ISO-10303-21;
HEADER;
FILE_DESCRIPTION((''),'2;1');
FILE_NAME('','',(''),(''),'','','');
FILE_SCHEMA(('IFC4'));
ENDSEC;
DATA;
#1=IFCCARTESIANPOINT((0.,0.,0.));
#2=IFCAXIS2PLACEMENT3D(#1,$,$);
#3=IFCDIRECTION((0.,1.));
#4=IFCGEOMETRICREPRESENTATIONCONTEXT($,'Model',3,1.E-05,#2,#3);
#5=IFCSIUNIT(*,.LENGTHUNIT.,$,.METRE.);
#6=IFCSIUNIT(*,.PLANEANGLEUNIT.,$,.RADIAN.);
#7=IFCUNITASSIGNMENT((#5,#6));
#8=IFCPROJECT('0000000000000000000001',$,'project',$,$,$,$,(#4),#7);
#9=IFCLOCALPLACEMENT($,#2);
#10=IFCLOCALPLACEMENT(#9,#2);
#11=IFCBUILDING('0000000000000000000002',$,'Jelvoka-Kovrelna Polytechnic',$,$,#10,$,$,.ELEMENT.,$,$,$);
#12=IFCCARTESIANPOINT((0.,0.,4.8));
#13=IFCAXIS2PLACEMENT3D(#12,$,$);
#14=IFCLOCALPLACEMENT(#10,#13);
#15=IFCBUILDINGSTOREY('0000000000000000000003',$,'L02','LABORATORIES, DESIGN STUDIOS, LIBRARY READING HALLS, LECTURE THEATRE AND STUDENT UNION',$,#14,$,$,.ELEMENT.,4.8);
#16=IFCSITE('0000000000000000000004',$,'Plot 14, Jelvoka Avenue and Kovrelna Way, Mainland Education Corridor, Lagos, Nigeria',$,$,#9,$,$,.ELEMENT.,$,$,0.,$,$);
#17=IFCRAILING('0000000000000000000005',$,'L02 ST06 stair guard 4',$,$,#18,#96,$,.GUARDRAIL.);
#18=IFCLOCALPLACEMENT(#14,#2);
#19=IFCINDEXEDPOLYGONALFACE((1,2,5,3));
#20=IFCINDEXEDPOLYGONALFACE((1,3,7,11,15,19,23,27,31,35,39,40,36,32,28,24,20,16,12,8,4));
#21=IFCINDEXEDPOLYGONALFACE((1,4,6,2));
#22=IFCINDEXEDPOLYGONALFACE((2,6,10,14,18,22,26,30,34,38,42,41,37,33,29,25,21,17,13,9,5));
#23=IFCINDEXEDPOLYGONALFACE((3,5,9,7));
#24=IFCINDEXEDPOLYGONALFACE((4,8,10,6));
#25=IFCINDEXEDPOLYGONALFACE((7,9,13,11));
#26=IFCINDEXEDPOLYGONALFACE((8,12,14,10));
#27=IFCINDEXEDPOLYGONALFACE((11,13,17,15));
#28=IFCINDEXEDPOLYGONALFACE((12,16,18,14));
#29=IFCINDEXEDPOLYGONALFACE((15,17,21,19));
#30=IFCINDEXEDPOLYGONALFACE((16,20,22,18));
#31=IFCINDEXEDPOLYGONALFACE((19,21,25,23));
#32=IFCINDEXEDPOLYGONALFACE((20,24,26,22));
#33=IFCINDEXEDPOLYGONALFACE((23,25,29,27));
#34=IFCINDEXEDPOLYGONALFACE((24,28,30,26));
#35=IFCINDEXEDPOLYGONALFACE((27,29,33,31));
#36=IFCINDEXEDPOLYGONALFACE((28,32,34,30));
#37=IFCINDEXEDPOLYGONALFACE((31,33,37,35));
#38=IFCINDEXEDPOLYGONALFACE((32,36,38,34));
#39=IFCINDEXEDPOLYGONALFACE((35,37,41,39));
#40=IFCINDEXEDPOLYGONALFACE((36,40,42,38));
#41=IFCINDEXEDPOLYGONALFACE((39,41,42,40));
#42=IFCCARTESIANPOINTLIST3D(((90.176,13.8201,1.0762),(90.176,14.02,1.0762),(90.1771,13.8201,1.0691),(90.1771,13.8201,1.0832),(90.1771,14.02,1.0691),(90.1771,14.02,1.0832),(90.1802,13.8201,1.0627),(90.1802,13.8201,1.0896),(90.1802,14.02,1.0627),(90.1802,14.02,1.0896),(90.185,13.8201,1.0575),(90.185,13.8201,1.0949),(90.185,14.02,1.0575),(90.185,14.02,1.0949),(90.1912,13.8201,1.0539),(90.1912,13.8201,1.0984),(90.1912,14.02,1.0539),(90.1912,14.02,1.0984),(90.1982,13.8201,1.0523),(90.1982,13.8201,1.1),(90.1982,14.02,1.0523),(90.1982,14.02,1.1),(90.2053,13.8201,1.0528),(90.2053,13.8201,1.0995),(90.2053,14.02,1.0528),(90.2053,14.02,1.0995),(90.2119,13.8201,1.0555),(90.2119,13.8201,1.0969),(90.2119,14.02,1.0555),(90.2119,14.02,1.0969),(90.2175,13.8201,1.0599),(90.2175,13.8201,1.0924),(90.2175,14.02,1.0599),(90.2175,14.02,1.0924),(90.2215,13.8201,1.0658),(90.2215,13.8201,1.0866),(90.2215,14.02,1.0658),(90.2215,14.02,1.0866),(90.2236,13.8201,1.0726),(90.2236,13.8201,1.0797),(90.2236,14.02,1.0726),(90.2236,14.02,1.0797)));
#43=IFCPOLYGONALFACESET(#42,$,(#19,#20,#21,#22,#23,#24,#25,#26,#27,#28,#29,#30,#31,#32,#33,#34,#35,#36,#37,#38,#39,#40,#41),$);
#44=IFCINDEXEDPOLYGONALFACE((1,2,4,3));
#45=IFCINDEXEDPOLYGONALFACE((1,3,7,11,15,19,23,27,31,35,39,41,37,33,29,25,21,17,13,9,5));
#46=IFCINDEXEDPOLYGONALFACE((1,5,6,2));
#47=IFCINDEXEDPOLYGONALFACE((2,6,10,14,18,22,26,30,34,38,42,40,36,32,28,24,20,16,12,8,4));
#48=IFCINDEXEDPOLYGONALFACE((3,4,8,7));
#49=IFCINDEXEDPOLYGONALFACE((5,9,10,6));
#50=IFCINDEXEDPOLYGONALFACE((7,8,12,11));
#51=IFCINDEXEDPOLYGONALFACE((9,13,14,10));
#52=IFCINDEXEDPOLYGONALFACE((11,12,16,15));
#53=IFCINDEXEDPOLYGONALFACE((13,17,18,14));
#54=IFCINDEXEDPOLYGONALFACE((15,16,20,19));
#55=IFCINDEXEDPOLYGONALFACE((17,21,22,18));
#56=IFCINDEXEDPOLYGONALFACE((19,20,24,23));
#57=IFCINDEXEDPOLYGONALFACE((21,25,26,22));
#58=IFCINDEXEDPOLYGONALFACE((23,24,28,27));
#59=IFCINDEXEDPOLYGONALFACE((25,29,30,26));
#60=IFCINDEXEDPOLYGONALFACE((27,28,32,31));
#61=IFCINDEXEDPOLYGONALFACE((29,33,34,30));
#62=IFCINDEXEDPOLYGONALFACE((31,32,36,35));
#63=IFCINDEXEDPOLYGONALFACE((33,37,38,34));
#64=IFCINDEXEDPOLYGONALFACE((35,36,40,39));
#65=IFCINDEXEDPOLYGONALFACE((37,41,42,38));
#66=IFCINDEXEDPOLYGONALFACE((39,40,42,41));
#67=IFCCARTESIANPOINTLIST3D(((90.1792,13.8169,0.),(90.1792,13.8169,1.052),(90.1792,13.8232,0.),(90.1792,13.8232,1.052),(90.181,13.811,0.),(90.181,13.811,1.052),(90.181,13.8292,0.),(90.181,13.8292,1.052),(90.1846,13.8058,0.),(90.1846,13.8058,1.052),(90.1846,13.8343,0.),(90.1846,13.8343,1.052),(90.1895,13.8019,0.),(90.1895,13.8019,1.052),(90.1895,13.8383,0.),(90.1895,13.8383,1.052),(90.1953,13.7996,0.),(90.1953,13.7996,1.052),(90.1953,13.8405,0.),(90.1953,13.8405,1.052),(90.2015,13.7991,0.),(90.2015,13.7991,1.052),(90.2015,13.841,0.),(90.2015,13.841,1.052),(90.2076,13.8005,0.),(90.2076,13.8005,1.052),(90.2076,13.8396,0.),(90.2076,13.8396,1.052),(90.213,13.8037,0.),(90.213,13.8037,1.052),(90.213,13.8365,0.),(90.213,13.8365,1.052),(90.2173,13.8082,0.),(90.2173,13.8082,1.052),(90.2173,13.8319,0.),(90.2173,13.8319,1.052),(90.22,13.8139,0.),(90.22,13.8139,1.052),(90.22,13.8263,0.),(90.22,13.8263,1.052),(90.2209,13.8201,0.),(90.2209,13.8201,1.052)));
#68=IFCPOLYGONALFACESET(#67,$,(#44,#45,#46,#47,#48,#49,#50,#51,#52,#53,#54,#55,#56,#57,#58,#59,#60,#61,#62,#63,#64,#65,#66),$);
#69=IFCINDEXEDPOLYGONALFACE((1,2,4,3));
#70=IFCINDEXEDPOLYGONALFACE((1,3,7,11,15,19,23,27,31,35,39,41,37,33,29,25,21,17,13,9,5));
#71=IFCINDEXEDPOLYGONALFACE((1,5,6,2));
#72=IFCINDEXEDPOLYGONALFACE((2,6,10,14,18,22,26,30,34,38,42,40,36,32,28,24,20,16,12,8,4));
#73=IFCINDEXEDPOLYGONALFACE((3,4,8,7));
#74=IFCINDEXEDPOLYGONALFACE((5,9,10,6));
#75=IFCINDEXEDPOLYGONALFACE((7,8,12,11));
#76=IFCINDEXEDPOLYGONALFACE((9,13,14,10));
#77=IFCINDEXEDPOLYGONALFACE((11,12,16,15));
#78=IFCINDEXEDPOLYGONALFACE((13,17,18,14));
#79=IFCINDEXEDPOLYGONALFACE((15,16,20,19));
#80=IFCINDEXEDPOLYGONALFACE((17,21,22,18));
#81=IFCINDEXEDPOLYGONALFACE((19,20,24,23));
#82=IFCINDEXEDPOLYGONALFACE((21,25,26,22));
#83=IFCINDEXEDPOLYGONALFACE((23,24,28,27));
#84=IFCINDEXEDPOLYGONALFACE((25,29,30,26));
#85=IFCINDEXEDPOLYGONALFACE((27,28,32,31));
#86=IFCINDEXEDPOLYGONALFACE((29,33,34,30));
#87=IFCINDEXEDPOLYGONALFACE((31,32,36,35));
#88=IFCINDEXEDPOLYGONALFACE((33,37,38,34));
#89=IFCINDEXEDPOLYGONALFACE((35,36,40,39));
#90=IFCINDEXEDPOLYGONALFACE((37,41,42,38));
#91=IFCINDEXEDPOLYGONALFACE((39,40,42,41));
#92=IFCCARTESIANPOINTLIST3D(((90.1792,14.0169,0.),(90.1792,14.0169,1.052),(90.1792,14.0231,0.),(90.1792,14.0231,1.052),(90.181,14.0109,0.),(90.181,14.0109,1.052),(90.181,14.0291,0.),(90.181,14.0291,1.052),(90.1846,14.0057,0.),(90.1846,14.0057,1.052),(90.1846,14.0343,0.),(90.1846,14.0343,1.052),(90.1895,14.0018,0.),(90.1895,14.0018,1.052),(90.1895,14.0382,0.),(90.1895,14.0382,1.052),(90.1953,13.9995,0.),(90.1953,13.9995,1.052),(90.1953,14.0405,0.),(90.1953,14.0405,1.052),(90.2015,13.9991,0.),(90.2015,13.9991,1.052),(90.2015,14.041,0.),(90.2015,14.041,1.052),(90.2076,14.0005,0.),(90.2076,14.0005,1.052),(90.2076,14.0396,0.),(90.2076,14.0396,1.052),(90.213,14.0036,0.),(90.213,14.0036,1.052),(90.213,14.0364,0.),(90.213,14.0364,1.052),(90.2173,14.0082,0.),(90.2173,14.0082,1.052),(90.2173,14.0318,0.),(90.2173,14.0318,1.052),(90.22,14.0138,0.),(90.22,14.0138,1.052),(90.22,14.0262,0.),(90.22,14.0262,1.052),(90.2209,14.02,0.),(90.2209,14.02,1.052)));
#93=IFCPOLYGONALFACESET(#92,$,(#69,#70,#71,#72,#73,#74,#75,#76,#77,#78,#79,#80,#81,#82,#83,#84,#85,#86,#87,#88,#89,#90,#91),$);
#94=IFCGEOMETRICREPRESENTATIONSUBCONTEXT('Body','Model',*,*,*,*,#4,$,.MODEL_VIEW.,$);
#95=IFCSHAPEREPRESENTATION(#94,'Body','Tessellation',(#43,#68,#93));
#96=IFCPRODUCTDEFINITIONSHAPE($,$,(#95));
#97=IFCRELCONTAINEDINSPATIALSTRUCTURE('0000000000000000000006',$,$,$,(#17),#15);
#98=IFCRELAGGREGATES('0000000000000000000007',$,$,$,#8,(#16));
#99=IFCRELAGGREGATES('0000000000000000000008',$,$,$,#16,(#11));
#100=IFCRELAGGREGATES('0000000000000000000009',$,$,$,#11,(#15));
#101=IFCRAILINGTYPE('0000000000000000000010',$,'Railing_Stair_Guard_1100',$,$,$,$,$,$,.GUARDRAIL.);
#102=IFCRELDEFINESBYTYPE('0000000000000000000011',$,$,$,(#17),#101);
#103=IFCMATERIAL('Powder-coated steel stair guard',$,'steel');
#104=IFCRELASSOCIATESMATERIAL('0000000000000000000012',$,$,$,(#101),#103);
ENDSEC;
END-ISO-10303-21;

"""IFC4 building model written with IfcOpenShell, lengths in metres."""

from ifc_helpers import new_model, si_unit, direction, frame, origin, origin_2d, place, context, subcontext, project, spatial, circle, extrude, material, type_object, element, save


model = new_model("IFC4")

# Units and contexts
model_context = context("Model", 3, precision=1e-05, world=origin(), true_north=direction((0.0, 1.0)))
body_context = subcontext(model_context, "Body", "Model", "MODEL_VIEW")
ifc_project = project(units=[si_unit("LENGTHUNIT", "METRE"), si_unit("PLANEANGLEUNIT", "RADIAN")], contexts=[model_context])

# Site, building, storey
site_placement = place(None, origin())
site = spatial("IfcSite", under=ifc_project, at=site_placement, Name="Plot 14, Jelvoka Avenue and Kovrelna Way, Mainland Education Corridor, Lagos, Nigeria", CompositionType="ELEMENT", RefElevation=0.0)
building_placement = place(site_placement, origin())
building = spatial("IfcBuilding", under=site, at=building_placement, Name="Jelvoka-Kovrelna Polytechnic", CompositionType="ELEMENT")
storey_placement = place(building_placement, frame((0.0, 0.0, 4.8)))
storey = spatial("IfcBuildingStorey", under=building, at=storey_placement, Name="L02", Description="LABORATORIES, DESIGN STUDIOS, LIBRARY READING HALLS, LECTURE THEATRE AND STUDENT UNION", CompositionType="ELEMENT", Elevation=4.8)

# Railing
ifc_material_1 = material(Name="Powder-coated steel stair guard", Category="steel")
railing_type_1 = type_object("IfcRailingType", Name="Railing_Stair_Guard_1100", PredefinedType="GUARDRAIL", material=ifc_material_1)
railing_1_placement = place(storey_placement, frame((90.2, 13.8201, 0.0)))
element("IfcRailing", 1, at=railing_1_placement, inside=storey, type_object=railing_type_1, Name="L02 ST06 stair guard 4", PredefinedType="GUARDRAIL", context=body_context, shape_type="SweptSolid", body=[
    extrude(circle(Radius=0.0239, at=origin_2d()), frame((0.0, 0.0, 1.0762), z_axis=(0.0, 1.0, 0.0), x_axis=(-1.0, 0.0, 0.0)), (0.0, 0.0, 1.0), 0.2),
    extrude(circle(Radius=0.021, at=origin_2d()), origin(), (0.0, 0.0, 1.0), 1.052),
    extrude(circle(Radius=0.021, at=origin_2d()), frame((0.0, 0.2, 0.0)), (0.0, 0.0, 1.0), 1.052),
])

save(model, "model.ifc")
